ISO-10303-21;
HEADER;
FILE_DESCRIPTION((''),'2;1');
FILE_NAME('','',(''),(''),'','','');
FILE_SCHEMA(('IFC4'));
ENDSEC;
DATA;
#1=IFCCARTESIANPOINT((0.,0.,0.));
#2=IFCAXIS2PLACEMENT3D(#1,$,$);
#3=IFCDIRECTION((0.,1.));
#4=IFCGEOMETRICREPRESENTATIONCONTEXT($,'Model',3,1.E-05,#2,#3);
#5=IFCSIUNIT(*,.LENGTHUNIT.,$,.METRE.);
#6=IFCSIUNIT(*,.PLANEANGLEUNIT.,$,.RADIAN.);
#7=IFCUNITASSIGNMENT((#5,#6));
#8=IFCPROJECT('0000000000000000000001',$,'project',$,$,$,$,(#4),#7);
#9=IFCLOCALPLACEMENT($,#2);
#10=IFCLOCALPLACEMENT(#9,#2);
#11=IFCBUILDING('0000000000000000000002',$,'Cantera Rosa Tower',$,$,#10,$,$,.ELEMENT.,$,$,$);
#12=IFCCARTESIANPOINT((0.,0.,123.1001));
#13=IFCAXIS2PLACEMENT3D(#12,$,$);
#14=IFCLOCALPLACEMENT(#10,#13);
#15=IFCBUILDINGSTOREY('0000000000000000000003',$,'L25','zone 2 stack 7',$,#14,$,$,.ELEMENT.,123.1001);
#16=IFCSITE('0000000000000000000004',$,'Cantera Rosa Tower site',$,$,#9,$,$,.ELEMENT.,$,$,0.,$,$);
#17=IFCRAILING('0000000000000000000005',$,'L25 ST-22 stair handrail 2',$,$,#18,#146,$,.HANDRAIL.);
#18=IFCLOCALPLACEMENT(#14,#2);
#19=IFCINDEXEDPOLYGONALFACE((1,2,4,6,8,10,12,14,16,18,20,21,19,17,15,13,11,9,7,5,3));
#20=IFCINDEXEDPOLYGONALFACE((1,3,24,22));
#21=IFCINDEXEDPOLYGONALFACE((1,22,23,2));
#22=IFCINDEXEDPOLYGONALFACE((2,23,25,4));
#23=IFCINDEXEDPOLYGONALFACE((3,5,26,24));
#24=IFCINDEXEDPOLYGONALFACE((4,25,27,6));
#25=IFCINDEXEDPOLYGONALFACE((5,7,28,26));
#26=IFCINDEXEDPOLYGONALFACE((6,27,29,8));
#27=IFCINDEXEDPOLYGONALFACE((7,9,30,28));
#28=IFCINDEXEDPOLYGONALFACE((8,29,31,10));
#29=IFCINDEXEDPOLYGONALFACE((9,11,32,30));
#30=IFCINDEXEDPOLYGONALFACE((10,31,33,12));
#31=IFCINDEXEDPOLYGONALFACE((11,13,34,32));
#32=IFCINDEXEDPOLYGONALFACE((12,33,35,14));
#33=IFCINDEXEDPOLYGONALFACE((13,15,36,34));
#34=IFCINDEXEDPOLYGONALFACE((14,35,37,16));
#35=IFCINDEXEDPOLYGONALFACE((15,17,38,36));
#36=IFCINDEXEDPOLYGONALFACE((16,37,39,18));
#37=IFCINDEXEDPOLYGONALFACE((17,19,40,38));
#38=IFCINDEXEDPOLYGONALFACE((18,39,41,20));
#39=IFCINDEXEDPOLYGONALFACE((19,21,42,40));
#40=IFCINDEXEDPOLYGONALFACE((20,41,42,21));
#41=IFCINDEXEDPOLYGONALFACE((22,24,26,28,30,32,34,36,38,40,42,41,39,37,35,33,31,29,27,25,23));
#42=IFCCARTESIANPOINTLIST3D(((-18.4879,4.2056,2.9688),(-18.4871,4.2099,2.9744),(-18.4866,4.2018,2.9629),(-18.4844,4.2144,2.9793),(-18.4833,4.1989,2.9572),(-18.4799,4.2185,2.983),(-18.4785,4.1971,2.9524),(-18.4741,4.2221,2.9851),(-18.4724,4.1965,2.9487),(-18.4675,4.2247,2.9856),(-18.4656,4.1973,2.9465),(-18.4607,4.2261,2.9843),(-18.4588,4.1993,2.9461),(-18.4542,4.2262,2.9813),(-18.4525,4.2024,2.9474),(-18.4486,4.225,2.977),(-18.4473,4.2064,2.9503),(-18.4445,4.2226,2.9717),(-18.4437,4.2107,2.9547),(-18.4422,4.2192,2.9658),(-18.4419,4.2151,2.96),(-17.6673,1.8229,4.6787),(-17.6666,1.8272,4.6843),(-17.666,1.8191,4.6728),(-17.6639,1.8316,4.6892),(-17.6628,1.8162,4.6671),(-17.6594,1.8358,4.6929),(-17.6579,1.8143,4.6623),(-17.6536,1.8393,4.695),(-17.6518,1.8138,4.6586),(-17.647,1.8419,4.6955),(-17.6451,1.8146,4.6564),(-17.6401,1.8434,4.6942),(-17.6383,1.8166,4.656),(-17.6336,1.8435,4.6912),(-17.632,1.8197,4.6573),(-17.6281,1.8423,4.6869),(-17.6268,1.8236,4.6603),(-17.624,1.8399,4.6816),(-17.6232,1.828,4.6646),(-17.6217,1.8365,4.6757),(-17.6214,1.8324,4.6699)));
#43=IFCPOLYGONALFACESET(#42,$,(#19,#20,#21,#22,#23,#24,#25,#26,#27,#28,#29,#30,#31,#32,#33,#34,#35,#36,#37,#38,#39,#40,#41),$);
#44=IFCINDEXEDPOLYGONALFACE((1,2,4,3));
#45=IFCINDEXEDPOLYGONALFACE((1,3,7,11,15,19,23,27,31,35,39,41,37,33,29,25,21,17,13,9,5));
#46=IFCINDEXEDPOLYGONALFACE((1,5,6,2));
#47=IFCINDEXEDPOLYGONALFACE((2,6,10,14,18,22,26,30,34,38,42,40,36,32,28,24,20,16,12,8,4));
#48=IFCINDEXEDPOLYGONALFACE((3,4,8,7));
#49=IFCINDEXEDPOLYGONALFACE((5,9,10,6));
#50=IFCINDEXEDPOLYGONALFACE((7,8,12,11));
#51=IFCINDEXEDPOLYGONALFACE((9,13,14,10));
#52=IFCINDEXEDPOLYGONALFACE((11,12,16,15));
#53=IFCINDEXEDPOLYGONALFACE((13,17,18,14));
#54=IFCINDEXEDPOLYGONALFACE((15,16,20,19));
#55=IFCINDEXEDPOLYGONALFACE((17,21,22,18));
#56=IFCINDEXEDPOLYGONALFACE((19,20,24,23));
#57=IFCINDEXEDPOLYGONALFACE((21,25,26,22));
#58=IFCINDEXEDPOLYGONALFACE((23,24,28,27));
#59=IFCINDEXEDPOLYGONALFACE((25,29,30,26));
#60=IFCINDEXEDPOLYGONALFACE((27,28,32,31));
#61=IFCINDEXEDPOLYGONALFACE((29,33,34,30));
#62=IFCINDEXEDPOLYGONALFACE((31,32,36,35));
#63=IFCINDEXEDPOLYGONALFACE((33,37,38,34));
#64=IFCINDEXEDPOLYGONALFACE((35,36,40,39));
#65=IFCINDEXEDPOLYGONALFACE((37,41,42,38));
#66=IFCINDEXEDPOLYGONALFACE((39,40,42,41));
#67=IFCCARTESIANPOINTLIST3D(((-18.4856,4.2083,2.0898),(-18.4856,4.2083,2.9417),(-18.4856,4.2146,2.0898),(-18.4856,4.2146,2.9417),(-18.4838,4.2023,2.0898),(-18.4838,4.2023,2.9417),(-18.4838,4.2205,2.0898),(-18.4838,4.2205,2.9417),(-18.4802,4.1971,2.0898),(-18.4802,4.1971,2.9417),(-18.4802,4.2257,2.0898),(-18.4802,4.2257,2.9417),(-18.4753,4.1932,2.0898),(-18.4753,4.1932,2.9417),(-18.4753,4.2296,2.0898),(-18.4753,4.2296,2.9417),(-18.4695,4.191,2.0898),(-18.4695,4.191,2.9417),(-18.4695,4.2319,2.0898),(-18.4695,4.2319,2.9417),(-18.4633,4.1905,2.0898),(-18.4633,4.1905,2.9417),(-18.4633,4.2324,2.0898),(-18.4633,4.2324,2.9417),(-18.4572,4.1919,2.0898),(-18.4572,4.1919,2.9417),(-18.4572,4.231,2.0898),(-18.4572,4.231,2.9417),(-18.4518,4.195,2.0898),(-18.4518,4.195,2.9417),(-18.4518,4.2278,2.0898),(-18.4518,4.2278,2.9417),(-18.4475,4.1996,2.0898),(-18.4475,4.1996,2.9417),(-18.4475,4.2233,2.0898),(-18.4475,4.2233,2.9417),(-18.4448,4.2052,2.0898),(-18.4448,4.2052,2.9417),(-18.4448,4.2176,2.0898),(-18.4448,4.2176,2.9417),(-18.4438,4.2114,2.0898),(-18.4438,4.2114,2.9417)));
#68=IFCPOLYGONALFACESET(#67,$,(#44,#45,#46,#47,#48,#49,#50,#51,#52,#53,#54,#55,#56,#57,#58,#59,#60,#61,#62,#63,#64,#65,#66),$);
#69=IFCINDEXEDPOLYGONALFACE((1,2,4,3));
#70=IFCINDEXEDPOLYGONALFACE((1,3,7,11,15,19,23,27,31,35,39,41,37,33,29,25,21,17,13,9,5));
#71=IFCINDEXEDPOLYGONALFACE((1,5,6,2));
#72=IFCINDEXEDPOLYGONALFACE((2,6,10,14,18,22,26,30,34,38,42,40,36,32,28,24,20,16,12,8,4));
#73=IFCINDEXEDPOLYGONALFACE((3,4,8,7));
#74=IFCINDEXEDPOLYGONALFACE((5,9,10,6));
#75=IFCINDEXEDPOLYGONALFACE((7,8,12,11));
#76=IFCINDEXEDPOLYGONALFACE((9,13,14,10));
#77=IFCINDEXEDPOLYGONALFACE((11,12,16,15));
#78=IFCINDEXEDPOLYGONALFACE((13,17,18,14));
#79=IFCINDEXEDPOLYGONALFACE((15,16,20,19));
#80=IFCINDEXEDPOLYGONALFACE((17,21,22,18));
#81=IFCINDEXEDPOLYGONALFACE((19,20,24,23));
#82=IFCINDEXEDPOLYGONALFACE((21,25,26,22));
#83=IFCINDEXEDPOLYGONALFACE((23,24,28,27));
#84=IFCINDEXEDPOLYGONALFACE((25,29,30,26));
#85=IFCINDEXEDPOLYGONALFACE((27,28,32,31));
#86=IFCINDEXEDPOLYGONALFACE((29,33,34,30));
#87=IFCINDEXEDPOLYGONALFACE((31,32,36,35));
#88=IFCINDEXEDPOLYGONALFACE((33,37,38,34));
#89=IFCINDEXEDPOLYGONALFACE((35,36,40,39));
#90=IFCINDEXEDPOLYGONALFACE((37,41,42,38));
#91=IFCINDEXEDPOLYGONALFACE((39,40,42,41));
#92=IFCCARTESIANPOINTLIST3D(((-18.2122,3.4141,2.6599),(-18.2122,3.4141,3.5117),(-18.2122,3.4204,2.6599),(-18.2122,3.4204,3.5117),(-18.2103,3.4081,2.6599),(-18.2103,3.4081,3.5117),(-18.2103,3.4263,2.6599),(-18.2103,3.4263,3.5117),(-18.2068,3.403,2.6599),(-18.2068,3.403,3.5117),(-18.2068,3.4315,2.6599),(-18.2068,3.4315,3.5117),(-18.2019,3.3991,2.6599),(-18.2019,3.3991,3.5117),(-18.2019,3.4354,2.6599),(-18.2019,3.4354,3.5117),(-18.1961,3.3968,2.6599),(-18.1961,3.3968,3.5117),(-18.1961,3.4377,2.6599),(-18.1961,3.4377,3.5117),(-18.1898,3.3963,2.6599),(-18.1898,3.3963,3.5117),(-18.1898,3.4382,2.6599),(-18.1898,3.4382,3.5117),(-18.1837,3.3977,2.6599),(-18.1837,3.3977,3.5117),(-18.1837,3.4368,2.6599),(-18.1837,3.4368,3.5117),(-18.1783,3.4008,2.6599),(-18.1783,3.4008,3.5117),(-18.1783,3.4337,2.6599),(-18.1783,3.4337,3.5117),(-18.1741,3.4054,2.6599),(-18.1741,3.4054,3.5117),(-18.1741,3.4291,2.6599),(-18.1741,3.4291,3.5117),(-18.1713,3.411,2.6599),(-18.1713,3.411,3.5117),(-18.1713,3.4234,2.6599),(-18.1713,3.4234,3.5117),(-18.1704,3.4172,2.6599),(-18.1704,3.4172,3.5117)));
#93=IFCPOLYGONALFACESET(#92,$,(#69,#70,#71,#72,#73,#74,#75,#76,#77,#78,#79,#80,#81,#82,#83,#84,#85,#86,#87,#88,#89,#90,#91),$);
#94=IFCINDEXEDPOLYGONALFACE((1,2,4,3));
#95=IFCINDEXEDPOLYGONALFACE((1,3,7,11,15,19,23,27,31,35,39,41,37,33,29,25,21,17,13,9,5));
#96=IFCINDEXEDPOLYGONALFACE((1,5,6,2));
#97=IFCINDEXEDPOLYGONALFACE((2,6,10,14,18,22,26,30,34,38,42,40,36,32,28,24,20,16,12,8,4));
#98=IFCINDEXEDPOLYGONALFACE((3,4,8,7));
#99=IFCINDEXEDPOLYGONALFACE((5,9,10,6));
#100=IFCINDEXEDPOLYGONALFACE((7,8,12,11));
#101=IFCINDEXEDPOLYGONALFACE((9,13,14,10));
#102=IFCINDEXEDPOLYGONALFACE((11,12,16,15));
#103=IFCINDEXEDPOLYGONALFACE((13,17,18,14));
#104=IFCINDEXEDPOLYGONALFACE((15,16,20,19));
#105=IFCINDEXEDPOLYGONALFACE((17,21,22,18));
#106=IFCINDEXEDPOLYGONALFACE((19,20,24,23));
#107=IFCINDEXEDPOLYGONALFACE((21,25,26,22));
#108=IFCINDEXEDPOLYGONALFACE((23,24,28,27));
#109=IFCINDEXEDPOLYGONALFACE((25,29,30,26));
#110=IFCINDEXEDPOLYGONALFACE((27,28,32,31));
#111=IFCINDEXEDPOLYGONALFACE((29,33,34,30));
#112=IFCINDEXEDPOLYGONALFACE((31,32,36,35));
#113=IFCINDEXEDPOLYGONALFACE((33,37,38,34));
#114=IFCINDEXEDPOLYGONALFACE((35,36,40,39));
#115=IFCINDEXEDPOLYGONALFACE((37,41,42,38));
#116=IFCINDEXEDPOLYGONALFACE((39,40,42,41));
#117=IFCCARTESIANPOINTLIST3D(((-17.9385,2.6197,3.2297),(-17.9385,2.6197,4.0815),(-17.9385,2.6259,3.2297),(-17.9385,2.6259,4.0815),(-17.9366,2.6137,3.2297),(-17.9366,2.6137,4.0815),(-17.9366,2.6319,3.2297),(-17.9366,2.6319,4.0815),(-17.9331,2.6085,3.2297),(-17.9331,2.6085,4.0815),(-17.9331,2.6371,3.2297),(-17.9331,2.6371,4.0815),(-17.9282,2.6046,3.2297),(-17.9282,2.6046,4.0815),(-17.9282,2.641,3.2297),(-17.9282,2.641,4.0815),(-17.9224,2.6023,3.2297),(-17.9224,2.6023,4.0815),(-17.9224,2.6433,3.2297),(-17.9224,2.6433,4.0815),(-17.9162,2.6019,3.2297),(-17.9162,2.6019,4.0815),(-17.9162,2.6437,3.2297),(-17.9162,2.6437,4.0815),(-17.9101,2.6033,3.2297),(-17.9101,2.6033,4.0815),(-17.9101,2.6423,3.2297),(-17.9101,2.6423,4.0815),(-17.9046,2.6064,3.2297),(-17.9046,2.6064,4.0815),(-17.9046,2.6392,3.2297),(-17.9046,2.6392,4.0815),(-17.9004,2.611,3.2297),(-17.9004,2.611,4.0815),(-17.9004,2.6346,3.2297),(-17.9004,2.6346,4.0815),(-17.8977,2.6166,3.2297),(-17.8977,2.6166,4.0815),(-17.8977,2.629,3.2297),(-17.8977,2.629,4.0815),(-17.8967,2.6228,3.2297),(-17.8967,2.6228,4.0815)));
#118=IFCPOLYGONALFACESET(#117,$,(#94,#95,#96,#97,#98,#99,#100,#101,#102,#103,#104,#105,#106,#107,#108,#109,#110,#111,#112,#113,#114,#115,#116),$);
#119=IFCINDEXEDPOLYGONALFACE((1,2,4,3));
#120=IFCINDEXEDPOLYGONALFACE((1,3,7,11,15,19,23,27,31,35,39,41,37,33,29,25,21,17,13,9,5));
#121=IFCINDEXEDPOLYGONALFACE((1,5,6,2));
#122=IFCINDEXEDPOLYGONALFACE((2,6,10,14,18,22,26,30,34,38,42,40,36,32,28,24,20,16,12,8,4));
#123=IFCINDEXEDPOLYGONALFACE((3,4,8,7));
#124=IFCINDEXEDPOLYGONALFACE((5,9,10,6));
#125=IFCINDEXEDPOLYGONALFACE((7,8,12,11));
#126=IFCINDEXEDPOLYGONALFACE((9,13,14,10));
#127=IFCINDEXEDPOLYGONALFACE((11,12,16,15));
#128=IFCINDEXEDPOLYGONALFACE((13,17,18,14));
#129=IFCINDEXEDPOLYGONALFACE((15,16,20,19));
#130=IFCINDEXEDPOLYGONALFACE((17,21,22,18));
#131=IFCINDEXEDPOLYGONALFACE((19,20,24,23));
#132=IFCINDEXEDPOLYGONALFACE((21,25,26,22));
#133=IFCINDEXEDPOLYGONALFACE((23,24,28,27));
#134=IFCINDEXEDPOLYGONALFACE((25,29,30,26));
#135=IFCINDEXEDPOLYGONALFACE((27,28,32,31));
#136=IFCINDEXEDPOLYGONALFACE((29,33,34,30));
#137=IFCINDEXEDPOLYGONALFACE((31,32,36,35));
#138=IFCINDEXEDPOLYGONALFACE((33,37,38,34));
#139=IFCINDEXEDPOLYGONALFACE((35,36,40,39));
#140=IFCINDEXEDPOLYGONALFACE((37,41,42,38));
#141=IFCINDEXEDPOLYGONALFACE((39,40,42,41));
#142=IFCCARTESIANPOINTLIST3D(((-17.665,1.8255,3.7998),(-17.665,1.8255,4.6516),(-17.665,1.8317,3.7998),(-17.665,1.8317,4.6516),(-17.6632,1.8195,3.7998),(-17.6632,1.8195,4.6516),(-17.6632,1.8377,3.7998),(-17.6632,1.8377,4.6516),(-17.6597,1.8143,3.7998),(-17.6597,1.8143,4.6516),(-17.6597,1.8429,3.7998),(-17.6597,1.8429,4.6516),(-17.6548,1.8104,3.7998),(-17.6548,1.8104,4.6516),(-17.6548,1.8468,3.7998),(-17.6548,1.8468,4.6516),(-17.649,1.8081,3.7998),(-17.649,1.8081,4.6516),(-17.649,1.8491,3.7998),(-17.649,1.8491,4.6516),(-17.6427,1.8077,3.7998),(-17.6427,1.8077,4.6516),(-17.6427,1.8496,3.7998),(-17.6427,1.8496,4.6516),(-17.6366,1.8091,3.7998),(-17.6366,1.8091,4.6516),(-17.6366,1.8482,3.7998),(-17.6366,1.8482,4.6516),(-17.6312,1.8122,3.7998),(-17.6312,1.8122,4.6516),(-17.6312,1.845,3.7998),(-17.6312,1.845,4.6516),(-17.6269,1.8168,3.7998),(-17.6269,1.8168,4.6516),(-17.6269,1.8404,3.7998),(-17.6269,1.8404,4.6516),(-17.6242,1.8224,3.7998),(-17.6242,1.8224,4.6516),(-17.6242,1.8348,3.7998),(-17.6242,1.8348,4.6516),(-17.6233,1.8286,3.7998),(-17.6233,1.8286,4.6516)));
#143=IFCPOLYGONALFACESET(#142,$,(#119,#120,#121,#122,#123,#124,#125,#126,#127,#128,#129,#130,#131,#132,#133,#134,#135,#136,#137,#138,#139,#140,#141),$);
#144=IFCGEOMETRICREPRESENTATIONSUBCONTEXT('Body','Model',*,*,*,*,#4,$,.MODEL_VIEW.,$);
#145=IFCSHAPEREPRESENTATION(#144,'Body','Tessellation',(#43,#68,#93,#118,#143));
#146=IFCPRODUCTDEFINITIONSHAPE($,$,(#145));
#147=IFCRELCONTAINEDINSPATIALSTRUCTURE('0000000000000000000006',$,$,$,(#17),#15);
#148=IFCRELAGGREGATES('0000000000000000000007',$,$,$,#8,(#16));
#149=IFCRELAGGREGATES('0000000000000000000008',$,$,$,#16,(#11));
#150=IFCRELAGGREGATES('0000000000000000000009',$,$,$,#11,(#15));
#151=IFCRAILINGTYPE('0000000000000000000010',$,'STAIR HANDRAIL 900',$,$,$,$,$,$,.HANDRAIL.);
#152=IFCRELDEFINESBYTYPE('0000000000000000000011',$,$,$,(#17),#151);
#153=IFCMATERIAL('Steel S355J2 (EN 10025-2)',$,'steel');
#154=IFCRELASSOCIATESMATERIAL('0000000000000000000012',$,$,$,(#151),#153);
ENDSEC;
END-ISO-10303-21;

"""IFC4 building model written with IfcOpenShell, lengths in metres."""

from ifc_helpers import new_model, si_unit, direction, frame, origin, origin_2d, place, context, subcontext, project, spatial, circle, extrude, material, type_object, element, save


model = new_model("IFC4")

# Units and contexts
model_context = context("Model", 3, precision=1e-05, world=origin(), true_north=direction((0.0, 1.0)))
body_context = subcontext(model_context, "Body", "Model", "MODEL_VIEW")
ifc_project = project(units=[si_unit("LENGTHUNIT", "METRE"), si_unit("PLANEANGLEUNIT", "RADIAN")], contexts=[model_context])

# Site, building, storey
site_placement = place(None, origin())
site = spatial("IfcSite", under=ifc_project, at=site_placement, Name="Cantera Rosa Tower site", CompositionType="ELEMENT", RefElevation=0.0)
building_placement = place(site_placement, origin())
building = spatial("IfcBuilding", under=site, at=building_placement, Name="Cantera Rosa Tower", CompositionType="ELEMENT")
storey_placement = place(building_placement, frame((0.0, 0.0, 123.1001)))
storey = spatial("IfcBuildingStorey", under=building, at=storey_placement, Name="L25", Description="zone 2 stack 7", CompositionType="ELEMENT", Elevation=123.1001)

# Railing
ifc_material_1 = material(Name="Steel S355J2 (EN 10025-2)", Category="steel")
railing_type_1 = type_object("IfcRailingType", Name="STAIR HANDRAIL 900", PredefinedType="HANDRAIL", material=ifc_material_1)
railing_1_placement = place(storey_placement, frame((-18.4648, 4.2114, 2.0898)))
element("IfcRailing", 1, at=railing_1_placement, inside=storey, type_object=railing_type_1, Name="L25 ST-22 stair handrail 2", PredefinedType="HANDRAIL", context=body_context, shape_type="SweptSolid", body=[
    extrude(circle(Radius=0.0239, at=origin_2d()), frame((0.0, 0.0, 0.876), z_axis=(0.269432, -0.782404, 0.561471), x_axis=(0.945508, 0.3256, 0.0)), (0.0, 0.0, 1.0), 3.0454),
    extrude(circle(Radius=0.021, at=origin_2d()), origin(), (0.0, 0.0, 1.0), 0.8518),
    extrude(circle(Radius=0.021, at=origin_2d()), frame((0.2734, -0.7942, 0.5701)), (0.0, 0.0, 1.0), 0.8518),
    extrude(circle(Radius=0.021, at=origin_2d()), frame((0.5471, -1.5886, 1.1399)), (0.0, 0.0, 1.0), 0.8518),
    extrude(circle(Radius=0.021, at=origin_2d()), frame((0.8206, -2.3828, 1.71)), (0.0, 0.0, 1.0), 0.8518),
])

save(model, "model.ifc")
